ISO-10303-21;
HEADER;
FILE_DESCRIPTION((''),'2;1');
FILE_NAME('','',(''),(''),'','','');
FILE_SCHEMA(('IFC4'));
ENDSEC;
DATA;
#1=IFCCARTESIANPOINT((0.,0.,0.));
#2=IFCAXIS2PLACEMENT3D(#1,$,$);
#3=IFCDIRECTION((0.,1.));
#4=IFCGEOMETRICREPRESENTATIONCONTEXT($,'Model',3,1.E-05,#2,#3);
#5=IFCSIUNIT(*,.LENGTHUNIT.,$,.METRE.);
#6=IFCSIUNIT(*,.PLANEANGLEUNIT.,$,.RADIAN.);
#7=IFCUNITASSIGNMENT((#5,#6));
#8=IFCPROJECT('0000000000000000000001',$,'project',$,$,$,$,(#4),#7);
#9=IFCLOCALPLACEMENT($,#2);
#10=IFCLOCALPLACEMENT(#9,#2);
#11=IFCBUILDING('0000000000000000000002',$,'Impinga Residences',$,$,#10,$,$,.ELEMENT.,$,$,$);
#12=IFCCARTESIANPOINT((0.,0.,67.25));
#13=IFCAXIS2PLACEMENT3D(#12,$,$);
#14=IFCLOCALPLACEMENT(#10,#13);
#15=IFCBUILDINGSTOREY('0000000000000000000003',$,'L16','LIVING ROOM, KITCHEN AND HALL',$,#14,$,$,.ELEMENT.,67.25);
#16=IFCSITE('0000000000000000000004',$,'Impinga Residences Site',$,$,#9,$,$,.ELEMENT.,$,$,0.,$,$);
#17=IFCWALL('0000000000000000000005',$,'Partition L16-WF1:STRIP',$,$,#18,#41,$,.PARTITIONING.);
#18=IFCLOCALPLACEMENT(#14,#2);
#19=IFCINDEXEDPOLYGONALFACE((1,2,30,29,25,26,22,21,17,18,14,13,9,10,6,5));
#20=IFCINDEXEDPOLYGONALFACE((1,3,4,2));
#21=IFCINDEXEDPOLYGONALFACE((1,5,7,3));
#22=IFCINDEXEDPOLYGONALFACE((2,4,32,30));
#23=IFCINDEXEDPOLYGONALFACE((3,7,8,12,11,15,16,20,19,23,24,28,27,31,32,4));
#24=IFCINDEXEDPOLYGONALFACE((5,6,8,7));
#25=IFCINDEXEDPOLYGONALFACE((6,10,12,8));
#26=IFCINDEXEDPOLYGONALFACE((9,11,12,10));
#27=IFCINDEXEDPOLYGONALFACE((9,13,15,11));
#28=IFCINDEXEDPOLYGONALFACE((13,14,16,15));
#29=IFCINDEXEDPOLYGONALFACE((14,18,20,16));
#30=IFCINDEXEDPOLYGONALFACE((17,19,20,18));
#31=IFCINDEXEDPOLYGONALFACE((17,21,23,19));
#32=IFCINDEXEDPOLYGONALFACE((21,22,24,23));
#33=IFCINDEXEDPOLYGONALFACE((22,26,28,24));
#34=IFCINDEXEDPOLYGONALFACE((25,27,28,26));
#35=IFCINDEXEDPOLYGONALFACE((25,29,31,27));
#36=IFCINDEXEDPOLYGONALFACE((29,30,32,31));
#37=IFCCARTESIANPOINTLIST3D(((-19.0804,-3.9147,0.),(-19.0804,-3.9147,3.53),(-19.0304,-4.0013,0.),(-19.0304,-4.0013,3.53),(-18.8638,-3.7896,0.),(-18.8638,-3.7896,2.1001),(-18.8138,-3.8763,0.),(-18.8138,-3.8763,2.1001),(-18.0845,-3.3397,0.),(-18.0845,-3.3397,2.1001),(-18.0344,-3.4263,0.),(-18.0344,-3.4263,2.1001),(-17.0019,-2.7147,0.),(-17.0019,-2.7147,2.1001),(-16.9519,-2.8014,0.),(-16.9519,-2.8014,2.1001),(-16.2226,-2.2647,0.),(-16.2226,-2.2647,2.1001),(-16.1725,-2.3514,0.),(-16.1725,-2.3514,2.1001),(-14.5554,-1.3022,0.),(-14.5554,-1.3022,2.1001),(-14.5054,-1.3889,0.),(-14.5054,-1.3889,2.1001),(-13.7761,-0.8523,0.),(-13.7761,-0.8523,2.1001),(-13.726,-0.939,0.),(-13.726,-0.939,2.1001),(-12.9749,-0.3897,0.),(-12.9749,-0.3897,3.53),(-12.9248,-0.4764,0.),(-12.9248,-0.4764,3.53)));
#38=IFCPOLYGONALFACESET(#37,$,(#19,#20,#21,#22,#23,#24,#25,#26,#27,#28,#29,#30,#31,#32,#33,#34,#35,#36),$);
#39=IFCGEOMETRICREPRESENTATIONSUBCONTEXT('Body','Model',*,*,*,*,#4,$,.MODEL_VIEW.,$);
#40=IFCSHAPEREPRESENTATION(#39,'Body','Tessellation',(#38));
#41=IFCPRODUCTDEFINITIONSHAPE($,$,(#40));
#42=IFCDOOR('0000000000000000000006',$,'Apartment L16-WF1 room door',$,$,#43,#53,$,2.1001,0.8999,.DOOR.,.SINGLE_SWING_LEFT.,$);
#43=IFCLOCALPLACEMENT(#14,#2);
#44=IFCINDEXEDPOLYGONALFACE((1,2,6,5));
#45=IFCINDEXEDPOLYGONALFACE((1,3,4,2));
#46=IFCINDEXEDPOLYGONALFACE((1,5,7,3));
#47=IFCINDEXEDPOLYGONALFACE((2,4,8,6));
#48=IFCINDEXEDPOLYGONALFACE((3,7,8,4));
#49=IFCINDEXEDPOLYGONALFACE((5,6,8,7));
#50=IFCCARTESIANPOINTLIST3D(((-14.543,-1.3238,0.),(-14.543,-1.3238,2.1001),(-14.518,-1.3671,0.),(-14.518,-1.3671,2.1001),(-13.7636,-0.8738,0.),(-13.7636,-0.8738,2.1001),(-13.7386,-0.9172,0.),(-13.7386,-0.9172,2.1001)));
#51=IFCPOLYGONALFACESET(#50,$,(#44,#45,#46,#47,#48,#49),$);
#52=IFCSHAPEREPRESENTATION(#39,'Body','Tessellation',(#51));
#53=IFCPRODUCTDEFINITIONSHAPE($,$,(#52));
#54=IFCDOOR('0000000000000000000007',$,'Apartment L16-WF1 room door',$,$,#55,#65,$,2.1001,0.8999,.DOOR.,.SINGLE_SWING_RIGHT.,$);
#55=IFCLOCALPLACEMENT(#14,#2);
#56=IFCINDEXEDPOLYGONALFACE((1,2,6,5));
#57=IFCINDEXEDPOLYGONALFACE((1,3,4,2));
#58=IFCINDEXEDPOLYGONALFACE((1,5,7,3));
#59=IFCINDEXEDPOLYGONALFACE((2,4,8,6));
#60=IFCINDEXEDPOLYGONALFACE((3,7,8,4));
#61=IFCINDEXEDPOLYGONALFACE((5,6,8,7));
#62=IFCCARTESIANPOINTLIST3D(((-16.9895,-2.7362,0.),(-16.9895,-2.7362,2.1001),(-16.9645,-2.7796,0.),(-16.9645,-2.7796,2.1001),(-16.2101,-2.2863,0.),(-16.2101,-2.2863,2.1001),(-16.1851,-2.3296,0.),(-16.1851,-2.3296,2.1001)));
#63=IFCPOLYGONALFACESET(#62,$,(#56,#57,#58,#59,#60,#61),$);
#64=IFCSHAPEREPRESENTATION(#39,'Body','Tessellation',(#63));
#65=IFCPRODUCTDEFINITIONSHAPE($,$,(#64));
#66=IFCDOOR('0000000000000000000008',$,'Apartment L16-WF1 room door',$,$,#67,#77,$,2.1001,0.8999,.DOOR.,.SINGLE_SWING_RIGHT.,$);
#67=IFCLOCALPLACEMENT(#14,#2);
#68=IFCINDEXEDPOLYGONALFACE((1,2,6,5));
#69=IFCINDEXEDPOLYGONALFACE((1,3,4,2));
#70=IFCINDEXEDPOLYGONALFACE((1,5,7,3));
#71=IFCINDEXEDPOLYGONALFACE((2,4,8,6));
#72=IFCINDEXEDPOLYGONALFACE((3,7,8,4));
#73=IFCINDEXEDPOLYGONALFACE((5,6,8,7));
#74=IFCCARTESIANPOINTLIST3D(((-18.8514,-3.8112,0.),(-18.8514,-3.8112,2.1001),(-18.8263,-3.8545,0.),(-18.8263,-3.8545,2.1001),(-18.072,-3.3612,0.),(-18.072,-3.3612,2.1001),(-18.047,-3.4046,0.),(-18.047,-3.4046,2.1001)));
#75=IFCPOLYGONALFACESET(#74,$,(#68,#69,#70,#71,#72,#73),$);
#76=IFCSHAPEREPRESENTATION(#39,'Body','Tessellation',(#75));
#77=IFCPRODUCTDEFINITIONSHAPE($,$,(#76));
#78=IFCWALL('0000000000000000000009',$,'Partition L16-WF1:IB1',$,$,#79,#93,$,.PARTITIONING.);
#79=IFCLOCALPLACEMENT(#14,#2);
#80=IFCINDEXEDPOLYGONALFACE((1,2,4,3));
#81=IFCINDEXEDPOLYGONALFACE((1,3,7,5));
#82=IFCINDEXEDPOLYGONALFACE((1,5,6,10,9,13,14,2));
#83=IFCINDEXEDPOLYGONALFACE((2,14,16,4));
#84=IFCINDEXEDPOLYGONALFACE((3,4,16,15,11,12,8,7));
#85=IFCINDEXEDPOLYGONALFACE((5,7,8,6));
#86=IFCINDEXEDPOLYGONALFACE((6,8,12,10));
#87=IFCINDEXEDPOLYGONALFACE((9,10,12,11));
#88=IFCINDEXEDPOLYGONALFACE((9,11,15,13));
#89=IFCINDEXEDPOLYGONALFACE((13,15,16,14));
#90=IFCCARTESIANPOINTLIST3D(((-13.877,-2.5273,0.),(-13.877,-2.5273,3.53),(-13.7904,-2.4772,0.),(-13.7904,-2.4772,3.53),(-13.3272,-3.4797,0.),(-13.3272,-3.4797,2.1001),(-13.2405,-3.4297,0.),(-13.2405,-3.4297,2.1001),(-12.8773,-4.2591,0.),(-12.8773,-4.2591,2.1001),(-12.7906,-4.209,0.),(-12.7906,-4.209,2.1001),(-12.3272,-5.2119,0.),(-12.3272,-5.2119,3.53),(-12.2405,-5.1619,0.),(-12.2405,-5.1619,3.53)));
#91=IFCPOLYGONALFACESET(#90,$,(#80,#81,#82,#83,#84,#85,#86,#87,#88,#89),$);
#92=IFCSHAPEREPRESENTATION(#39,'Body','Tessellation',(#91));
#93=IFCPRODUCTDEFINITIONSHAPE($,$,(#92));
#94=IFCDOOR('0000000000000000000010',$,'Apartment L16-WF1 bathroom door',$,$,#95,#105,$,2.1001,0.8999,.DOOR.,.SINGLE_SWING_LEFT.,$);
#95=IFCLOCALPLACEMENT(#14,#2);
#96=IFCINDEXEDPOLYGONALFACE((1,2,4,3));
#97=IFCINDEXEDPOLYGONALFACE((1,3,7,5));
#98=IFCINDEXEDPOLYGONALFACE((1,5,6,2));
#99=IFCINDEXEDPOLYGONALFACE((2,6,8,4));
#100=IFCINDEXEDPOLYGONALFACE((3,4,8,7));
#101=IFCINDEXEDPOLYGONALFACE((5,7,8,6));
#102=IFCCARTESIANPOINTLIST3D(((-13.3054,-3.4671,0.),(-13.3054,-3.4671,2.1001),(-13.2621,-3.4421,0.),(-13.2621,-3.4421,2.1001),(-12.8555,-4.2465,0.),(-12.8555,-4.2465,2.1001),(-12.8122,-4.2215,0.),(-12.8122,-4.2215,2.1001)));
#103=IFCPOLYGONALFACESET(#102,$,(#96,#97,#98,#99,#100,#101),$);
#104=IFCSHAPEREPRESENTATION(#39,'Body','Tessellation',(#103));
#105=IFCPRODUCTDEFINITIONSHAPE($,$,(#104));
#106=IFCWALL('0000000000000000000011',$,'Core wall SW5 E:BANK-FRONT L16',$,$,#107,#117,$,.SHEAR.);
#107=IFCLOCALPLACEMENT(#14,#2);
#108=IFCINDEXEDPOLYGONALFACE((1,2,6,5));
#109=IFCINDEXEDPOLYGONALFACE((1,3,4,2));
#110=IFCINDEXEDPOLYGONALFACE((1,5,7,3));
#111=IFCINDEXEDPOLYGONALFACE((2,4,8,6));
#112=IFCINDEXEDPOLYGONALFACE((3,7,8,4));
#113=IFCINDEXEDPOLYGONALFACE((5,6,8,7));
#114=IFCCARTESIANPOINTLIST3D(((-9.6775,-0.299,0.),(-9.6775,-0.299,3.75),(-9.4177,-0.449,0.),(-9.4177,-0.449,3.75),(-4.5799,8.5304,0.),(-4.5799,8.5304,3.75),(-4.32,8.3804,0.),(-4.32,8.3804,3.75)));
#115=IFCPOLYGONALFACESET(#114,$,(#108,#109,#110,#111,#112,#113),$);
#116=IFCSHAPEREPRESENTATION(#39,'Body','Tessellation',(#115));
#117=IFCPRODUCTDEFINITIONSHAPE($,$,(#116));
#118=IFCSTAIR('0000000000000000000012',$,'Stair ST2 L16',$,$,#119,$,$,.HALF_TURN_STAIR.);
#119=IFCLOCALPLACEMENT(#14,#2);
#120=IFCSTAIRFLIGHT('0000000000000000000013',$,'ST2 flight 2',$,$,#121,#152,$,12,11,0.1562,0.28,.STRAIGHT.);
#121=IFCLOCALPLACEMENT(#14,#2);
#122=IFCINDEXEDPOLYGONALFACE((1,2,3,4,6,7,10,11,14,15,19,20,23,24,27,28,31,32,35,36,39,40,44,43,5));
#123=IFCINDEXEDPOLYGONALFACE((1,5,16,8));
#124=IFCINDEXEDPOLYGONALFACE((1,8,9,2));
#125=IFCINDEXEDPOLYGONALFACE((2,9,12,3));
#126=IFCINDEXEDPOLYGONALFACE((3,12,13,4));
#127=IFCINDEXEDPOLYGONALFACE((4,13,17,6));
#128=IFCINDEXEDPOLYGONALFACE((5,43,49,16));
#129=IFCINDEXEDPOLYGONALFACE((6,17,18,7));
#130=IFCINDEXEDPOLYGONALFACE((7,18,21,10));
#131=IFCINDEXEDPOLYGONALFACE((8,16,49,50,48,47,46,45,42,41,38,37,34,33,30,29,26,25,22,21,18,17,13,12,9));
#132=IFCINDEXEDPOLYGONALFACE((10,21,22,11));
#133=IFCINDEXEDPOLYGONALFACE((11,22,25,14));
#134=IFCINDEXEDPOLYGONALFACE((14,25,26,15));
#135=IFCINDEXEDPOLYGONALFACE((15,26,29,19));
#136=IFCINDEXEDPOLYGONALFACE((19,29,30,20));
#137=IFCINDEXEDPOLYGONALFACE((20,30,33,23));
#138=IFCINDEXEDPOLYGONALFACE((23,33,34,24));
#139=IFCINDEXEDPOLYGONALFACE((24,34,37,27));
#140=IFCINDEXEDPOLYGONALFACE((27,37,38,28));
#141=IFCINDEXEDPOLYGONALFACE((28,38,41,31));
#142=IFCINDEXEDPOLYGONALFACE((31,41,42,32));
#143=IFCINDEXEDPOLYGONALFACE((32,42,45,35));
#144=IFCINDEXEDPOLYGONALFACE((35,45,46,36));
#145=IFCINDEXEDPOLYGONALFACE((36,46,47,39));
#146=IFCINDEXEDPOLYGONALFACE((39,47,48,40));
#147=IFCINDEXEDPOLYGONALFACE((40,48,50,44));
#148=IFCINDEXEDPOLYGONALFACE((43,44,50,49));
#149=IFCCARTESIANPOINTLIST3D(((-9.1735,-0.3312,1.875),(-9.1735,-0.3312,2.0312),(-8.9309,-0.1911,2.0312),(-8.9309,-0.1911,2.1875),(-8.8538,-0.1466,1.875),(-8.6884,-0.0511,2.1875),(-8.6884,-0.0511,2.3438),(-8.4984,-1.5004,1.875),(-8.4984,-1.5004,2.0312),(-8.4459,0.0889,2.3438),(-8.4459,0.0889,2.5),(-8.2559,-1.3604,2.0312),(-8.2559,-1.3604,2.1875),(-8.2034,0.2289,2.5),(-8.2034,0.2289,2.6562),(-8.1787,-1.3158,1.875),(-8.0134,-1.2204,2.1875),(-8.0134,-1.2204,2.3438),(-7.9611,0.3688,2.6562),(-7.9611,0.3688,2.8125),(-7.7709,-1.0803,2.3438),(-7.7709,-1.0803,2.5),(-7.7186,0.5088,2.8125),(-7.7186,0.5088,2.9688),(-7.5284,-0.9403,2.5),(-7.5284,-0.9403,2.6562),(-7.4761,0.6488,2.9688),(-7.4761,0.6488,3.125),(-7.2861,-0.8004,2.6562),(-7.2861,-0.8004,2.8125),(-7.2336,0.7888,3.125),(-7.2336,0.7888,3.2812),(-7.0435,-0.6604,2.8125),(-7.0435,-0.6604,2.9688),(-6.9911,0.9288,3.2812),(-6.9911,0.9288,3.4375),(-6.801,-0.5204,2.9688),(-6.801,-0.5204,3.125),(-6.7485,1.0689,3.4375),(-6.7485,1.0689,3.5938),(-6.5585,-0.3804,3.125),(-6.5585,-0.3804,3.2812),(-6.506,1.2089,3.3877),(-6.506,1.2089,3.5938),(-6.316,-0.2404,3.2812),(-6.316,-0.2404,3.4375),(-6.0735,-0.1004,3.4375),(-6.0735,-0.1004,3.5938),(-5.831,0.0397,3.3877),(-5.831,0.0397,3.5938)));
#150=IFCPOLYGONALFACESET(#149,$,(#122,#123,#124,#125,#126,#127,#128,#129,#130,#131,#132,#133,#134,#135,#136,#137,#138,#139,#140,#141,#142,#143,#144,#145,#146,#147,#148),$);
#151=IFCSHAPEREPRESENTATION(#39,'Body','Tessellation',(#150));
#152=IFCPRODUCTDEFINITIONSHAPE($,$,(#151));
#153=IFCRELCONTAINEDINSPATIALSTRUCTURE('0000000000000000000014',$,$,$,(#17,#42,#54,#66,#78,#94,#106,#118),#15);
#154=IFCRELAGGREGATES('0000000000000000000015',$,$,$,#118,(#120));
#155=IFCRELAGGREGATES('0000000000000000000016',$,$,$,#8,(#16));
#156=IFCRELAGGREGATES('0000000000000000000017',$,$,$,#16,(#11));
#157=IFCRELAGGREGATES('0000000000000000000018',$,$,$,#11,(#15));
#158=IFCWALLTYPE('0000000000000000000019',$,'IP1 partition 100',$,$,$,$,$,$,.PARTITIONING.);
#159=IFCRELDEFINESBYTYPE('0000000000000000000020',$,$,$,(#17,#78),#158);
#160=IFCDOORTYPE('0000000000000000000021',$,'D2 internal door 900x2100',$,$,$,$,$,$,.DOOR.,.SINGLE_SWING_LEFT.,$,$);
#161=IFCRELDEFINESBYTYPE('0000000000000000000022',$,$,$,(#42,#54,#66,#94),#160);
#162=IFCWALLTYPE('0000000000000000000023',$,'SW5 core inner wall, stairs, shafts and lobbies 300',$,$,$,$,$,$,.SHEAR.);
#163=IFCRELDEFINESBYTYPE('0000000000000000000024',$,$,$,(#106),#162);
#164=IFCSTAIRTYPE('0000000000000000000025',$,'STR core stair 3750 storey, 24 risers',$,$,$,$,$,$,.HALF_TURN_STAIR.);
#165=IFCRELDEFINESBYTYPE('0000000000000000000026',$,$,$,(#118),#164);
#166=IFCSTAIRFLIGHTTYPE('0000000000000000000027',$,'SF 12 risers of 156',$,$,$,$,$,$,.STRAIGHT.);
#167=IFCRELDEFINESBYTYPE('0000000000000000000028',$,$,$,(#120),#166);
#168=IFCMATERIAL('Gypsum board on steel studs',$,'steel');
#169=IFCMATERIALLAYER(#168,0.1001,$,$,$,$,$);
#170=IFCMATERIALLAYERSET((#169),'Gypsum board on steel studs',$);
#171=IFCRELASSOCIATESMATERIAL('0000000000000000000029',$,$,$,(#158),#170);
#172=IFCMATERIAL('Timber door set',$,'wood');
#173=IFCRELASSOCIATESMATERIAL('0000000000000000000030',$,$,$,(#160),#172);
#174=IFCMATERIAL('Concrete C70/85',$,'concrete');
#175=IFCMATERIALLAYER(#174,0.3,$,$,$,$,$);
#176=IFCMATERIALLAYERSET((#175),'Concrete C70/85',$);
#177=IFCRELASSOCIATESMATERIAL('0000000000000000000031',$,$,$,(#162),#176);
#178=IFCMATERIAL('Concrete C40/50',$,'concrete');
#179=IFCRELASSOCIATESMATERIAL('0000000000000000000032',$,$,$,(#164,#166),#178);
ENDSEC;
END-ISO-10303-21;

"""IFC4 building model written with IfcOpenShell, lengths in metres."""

from ifc_helpers import new_model, si_unit, direction, frame, frame_2d, origin, place, context, subcontext, project, spatial, polyline, rectangle, outline, extrude, material, layer, layer_set, type_object, element, fill, aggregate, save


model = new_model("IFC4")

# Units and contexts
model_context = context("Model", 3, precision=1e-05, world=origin(), true_north=direction((0.0, 1.0)))
body_context = subcontext(model_context, "Body", "Model", "MODEL_VIEW")
ifc_project = project(units=[si_unit("LENGTHUNIT", "METRE"), si_unit("PLANEANGLEUNIT", "RADIAN")], contexts=[model_context])

# Site, building, storey
site_placement = place(None, origin())
site = spatial("IfcSite", under=ifc_project, at=site_placement, Name="Impinga Residences Site", CompositionType="ELEMENT", RefElevation=0.0)
building_placement = place(site_placement, origin())
building = spatial("IfcBuilding", under=site, at=building_placement, Name="Impinga Residences", CompositionType="ELEMENT")
storey_placement = place(building_placement, frame((0.0, 0.0, 67.25)))
storey = spatial("IfcBuildingStorey", under=building, at=storey_placement, Name="L16", Description="LIVING ROOM, KITCHEN AND HALL", CompositionType="ELEMENT", Elevation=67.25)

# Shared definitions
ifc_material_1 = material(Name="Concrete C70/85", Category="concrete")
ifc_material_2 = material(Name="Timber door set", Category="wood")

# Shared definitions
ifc_material_3 = material(Name="Gypsum board on steel studs", Category="steel")
ifc_layer_1 = layer(ifc_material_3, 0.1001)
ifc_layer_set_1 = layer_set([ifc_layer_1], Name="Gypsum board on steel studs")
wall_type_1 = type_object("IfcWallType", Name="IP1 partition 100", PredefinedType="PARTITIONING", material=ifc_layer_set_1)

# Wall, openings, doors
wall_1_placement = place(storey_placement, frame((-12.95, -0.4331, 0.0), z_axis=(0.0, 0.0, 1.0), x_axis=(-0.866031, -0.49999, 0.0)))
wall_1 = element("IfcWall", 1, at=wall_1_placement, inside=storey, type_object=wall_type_1, Name="Partition L16-WF1:STRIP", PredefinedType="PARTITIONING", context=body_context, shape_type="SweptSolid", body=[
    extrude(rectangle(XDim=7.05, YDim=0.1001, at=frame_2d((3.5249, 0.0))), origin(), (0.0, 0.0, 1.0), 3.53),
])
opening_1_placement = place(wall_1_placement, frame((0.925, 0.0, 0.0)))
opening_1 = element("IfcOpeningElement", 2, at=opening_1_placement, cuts=wall_1, PredefinedType="OPENING", context=body_context, shape_type="SweptSolid", body=[
    extrude(rectangle(XDim=0.8999, YDim=2.1001, at=frame_2d((0.45, 1.05))), frame((0.0, 0.0601, 0.0), z_axis=(0.0, -1.0, 0.0), x_axis=(1.0, 0.0, 0.0)), (0.0, 0.0, 1.0), 0.1201),
])
opening_2_placement = place(wall_1_placement, frame((3.75, 0.0, 0.0)))
opening_2 = element("IfcOpeningElement", 3, at=opening_2_placement, cuts=wall_1, PredefinedType="OPENING", context=body_context, shape_type="SweptSolid", body=[
    extrude(rectangle(XDim=0.8999, YDim=2.1001, at=frame_2d((0.45, 1.05))), frame((0.0, 0.0601, 0.0), z_axis=(0.0, -1.0, 0.0), x_axis=(1.0, 0.0, 0.0)), (0.0, 0.0, 1.0), 0.1201),
])
opening_3_placement = place(wall_1_placement, frame((5.8999, 0.0, 0.0)))
opening_3 = element("IfcOpeningElement", 4, at=opening_3_placement, cuts=wall_1, PredefinedType="OPENING", context=body_context, shape_type="SweptSolid", body=[
    extrude(rectangle(XDim=0.8999, YDim=2.1001, at=frame_2d((0.45, 1.05))), frame((0.0, 0.0601, 0.0), z_axis=(0.0, -1.0, 0.0), x_axis=(1.0, 0.0, 0.0)), (0.0, 0.0, 1.0), 0.1201),
])
door_type_1 = type_object("IfcDoorType", Name="D2 internal door 900x2100", OperationType="SINGLE_SWING_LEFT", PredefinedType="DOOR", material=ifc_material_2)
door_1_placement = place(opening_1_placement, origin())
door_1 = element("IfcDoor", 5, at=door_1_placement, inside=storey, type_object=door_type_1, Name="Apartment L16-WF1 room door", OperationType="SINGLE_SWING_LEFT", OverallHeight=2.1001, OverallWidth=0.8999, PredefinedType="DOOR", context=body_context, shape_type="SweptSolid", body=[
    extrude(rectangle(XDim=0.8999, YDim=2.1001, at=frame_2d((0.45, 1.05))), frame((0.0, 0.0249, 0.0), z_axis=(0.0, -1.0, 0.0), x_axis=(1.0, 0.0, 0.0)), (0.0, 0.0, 1.0), 0.05),
])
fill(opening_1, door_1)
door_2_placement = place(opening_2_placement, origin())
door_2 = element("IfcDoor", 6, at=door_2_placement, inside=storey, type_object=door_type_1, Name="Apartment L16-WF1 room door", OperationType="SINGLE_SWING_RIGHT", OverallHeight=2.1001, OverallWidth=0.8999, PredefinedType="DOOR", context=body_context, shape_type="SweptSolid", body=[
    extrude(rectangle(XDim=0.8999, YDim=2.1001, at=frame_2d((0.45, 1.05))), frame((0.0, 0.0249, 0.0), z_axis=(0.0, -1.0, 0.0), x_axis=(1.0, 0.0, 0.0)), (0.0, 0.0, 1.0), 0.05),
])
fill(opening_2, door_2)
door_3_placement = place(opening_3_placement, origin())
door_3 = element("IfcDoor", 7, at=door_3_placement, inside=storey, type_object=door_type_1, Name="Apartment L16-WF1 room door", OperationType="SINGLE_SWING_RIGHT", OverallHeight=2.1001, OverallWidth=0.8999, PredefinedType="DOOR", context=body_context, shape_type="SweptSolid", body=[
    extrude(rectangle(XDim=0.8999, YDim=2.1001, at=frame_2d((0.45, 1.05))), frame((0.0, 0.0249, 0.0), z_axis=(0.0, -1.0, 0.0), x_axis=(1.0, 0.0, 0.0)), (0.0, 0.0, 1.0), 0.05),
])
fill(opening_3, door_3)

# Wall, opening, door
wall_2_placement = place(storey_placement, frame((-12.2839, -5.1868, 0.0), z_axis=(0.0, 0.0, 1.0), x_axis=(-0.499968, 0.866044, 0.0)))
wall_2 = element("IfcWall", 8, at=wall_2_placement, inside=storey, type_object=wall_type_1, Name="Partition L16-WF1:IB1", PredefinedType="PARTITIONING", context=body_context, shape_type="SweptSolid", body=[
    extrude(rectangle(XDim=3.0999, YDim=0.1001, at=frame_2d((1.5498, 0.0))), origin(), (0.0, 0.0, 1.0), 3.53),
])
opening_4_placement = place(wall_2_placement, frame((1.1001, 0.0, 0.0)))
opening_4 = element("IfcOpeningElement", 9, at=opening_4_placement, cuts=wall_2, PredefinedType="OPENING", context=body_context, shape_type="SweptSolid", body=[
    extrude(rectangle(XDim=0.8999, YDim=2.1001, at=frame_2d((0.45, 1.05))), frame((0.0, 0.0601, 0.0), z_axis=(0.0, -1.0, 0.0), x_axis=(1.0, 0.0, 0.0)), (0.0, 0.0, 1.0), 0.1201),
])
door_4_placement = place(opening_4_placement, origin())
door_4 = element("IfcDoor", 10, at=door_4_placement, inside=storey, type_object=door_type_1, Name="Apartment L16-WF1 bathroom door", OperationType="SINGLE_SWING_LEFT", OverallHeight=2.1001, OverallWidth=0.8999, PredefinedType="DOOR", context=body_context, shape_type="SweptSolid", body=[
    extrude(rectangle(XDim=0.8999, YDim=2.1001, at=frame_2d((0.45, 1.05))), frame((0.0, 0.0249, 0.0), z_axis=(0.0, -1.0, 0.0), x_axis=(1.0, 0.0, 0.0)), (0.0, 0.0, 1.0), 0.05),
])
fill(opening_4, door_4)

# Wall
ifc_layer_2 = layer(ifc_material_1, 0.3)
ifc_layer_set_2 = layer_set([ifc_layer_2], Name="Concrete C70/85")
wall_type_2 = type_object("IfcWallType", Name="SW5 core inner wall, stairs, shafts and lobbies 300", PredefinedType="SHEAR", material=ifc_layer_set_2)
wall_3_placement = place(storey_placement, frame((-9.5476, -0.374, 0.0), z_axis=(0.0, 0.0, 1.0), x_axis=(0.500002, 0.866024, 0.0)))
element("IfcWall", 11, at=wall_3_placement, inside=storey, type_object=wall_type_2, Name="Core wall SW5 E:BANK-FRONT L16", PredefinedType="SHEAR", context=body_context, shape_type="SweptSolid", body=[
    extrude(rectangle(XDim=10.1953, YDim=0.3, at=frame_2d((5.0977, 0.0))), origin(), (0.0, 0.0, 1.0), 3.75),
])

# Stair, stair flight
ifc_material_4 = material(Name="Concrete C40/50", Category="concrete")
stair_type = type_object("IfcStairType", Name="STR core stair 3750 storey, 24 risers", PredefinedType="HALF_TURN_STAIR", material=ifc_material_4)
stair_placement = place(storey_placement, origin())
stair = element("IfcStair", 12, at=stair_placement, inside=storey, type_object=stair_type, Name="Stair ST2 L16", PredefinedType="HALF_TURN_STAIR")
stair_flight_type = type_object("IfcStairFlightType", Name="SF 12 risers of 156", PredefinedType="STRAIGHT", material=ifc_material_4)
stair_flight_placement = place(storey_placement, frame((-8.8359, -0.9158, 1.875), z_axis=(0.0, 0.0, 1.0), x_axis=(0.866025, 0.5, 0.0)))
stair_flight = element("IfcStairFlight", 13, at=stair_flight_placement, type_object=stair_flight_type, Name="ST2 flight 2", NumberOfRisers=12, NumberOfTreads=11, PredefinedType="STRAIGHT", RiserHeight=0.1562, TreadLength=0.28, context=body_context, shape_type="SweptSolid", body=[
    extrude(outline(polyline([(0.0, 0.0), (0.0, 0.1562), (0.28, 0.1562), (0.28, 0.3125), (0.5601, 0.3125), (0.5601, 0.4688), (0.8401, 0.4688), (0.8401, 0.625), (1.1201, 0.625), (1.1201, 0.7812), (1.3999, 0.7812), (1.3999, 0.9375), (1.6799, 0.9375), (1.6799, 1.0938), (1.96, 1.0938), (1.96, 1.25), (2.24, 1.25), (2.24, 1.4062), (2.52, 1.4062), (2.52, 1.5625), (2.8, 1.5625), (2.8, 1.7188), (3.0801, 1.7188), (3.0801, 1.875), (3.0801, 1.5127), (0.3691, 0.0), (0.0, 0.0)])), frame((0.0, 0.675, 0.0), z_axis=(0.0, -1.0, 0.0), x_axis=(1.0, 0.0, 0.0)), (0.0, 0.0, 1.0), 1.3501),
])
aggregate(stair, [stair_flight])

save(model, "model.ifc")
